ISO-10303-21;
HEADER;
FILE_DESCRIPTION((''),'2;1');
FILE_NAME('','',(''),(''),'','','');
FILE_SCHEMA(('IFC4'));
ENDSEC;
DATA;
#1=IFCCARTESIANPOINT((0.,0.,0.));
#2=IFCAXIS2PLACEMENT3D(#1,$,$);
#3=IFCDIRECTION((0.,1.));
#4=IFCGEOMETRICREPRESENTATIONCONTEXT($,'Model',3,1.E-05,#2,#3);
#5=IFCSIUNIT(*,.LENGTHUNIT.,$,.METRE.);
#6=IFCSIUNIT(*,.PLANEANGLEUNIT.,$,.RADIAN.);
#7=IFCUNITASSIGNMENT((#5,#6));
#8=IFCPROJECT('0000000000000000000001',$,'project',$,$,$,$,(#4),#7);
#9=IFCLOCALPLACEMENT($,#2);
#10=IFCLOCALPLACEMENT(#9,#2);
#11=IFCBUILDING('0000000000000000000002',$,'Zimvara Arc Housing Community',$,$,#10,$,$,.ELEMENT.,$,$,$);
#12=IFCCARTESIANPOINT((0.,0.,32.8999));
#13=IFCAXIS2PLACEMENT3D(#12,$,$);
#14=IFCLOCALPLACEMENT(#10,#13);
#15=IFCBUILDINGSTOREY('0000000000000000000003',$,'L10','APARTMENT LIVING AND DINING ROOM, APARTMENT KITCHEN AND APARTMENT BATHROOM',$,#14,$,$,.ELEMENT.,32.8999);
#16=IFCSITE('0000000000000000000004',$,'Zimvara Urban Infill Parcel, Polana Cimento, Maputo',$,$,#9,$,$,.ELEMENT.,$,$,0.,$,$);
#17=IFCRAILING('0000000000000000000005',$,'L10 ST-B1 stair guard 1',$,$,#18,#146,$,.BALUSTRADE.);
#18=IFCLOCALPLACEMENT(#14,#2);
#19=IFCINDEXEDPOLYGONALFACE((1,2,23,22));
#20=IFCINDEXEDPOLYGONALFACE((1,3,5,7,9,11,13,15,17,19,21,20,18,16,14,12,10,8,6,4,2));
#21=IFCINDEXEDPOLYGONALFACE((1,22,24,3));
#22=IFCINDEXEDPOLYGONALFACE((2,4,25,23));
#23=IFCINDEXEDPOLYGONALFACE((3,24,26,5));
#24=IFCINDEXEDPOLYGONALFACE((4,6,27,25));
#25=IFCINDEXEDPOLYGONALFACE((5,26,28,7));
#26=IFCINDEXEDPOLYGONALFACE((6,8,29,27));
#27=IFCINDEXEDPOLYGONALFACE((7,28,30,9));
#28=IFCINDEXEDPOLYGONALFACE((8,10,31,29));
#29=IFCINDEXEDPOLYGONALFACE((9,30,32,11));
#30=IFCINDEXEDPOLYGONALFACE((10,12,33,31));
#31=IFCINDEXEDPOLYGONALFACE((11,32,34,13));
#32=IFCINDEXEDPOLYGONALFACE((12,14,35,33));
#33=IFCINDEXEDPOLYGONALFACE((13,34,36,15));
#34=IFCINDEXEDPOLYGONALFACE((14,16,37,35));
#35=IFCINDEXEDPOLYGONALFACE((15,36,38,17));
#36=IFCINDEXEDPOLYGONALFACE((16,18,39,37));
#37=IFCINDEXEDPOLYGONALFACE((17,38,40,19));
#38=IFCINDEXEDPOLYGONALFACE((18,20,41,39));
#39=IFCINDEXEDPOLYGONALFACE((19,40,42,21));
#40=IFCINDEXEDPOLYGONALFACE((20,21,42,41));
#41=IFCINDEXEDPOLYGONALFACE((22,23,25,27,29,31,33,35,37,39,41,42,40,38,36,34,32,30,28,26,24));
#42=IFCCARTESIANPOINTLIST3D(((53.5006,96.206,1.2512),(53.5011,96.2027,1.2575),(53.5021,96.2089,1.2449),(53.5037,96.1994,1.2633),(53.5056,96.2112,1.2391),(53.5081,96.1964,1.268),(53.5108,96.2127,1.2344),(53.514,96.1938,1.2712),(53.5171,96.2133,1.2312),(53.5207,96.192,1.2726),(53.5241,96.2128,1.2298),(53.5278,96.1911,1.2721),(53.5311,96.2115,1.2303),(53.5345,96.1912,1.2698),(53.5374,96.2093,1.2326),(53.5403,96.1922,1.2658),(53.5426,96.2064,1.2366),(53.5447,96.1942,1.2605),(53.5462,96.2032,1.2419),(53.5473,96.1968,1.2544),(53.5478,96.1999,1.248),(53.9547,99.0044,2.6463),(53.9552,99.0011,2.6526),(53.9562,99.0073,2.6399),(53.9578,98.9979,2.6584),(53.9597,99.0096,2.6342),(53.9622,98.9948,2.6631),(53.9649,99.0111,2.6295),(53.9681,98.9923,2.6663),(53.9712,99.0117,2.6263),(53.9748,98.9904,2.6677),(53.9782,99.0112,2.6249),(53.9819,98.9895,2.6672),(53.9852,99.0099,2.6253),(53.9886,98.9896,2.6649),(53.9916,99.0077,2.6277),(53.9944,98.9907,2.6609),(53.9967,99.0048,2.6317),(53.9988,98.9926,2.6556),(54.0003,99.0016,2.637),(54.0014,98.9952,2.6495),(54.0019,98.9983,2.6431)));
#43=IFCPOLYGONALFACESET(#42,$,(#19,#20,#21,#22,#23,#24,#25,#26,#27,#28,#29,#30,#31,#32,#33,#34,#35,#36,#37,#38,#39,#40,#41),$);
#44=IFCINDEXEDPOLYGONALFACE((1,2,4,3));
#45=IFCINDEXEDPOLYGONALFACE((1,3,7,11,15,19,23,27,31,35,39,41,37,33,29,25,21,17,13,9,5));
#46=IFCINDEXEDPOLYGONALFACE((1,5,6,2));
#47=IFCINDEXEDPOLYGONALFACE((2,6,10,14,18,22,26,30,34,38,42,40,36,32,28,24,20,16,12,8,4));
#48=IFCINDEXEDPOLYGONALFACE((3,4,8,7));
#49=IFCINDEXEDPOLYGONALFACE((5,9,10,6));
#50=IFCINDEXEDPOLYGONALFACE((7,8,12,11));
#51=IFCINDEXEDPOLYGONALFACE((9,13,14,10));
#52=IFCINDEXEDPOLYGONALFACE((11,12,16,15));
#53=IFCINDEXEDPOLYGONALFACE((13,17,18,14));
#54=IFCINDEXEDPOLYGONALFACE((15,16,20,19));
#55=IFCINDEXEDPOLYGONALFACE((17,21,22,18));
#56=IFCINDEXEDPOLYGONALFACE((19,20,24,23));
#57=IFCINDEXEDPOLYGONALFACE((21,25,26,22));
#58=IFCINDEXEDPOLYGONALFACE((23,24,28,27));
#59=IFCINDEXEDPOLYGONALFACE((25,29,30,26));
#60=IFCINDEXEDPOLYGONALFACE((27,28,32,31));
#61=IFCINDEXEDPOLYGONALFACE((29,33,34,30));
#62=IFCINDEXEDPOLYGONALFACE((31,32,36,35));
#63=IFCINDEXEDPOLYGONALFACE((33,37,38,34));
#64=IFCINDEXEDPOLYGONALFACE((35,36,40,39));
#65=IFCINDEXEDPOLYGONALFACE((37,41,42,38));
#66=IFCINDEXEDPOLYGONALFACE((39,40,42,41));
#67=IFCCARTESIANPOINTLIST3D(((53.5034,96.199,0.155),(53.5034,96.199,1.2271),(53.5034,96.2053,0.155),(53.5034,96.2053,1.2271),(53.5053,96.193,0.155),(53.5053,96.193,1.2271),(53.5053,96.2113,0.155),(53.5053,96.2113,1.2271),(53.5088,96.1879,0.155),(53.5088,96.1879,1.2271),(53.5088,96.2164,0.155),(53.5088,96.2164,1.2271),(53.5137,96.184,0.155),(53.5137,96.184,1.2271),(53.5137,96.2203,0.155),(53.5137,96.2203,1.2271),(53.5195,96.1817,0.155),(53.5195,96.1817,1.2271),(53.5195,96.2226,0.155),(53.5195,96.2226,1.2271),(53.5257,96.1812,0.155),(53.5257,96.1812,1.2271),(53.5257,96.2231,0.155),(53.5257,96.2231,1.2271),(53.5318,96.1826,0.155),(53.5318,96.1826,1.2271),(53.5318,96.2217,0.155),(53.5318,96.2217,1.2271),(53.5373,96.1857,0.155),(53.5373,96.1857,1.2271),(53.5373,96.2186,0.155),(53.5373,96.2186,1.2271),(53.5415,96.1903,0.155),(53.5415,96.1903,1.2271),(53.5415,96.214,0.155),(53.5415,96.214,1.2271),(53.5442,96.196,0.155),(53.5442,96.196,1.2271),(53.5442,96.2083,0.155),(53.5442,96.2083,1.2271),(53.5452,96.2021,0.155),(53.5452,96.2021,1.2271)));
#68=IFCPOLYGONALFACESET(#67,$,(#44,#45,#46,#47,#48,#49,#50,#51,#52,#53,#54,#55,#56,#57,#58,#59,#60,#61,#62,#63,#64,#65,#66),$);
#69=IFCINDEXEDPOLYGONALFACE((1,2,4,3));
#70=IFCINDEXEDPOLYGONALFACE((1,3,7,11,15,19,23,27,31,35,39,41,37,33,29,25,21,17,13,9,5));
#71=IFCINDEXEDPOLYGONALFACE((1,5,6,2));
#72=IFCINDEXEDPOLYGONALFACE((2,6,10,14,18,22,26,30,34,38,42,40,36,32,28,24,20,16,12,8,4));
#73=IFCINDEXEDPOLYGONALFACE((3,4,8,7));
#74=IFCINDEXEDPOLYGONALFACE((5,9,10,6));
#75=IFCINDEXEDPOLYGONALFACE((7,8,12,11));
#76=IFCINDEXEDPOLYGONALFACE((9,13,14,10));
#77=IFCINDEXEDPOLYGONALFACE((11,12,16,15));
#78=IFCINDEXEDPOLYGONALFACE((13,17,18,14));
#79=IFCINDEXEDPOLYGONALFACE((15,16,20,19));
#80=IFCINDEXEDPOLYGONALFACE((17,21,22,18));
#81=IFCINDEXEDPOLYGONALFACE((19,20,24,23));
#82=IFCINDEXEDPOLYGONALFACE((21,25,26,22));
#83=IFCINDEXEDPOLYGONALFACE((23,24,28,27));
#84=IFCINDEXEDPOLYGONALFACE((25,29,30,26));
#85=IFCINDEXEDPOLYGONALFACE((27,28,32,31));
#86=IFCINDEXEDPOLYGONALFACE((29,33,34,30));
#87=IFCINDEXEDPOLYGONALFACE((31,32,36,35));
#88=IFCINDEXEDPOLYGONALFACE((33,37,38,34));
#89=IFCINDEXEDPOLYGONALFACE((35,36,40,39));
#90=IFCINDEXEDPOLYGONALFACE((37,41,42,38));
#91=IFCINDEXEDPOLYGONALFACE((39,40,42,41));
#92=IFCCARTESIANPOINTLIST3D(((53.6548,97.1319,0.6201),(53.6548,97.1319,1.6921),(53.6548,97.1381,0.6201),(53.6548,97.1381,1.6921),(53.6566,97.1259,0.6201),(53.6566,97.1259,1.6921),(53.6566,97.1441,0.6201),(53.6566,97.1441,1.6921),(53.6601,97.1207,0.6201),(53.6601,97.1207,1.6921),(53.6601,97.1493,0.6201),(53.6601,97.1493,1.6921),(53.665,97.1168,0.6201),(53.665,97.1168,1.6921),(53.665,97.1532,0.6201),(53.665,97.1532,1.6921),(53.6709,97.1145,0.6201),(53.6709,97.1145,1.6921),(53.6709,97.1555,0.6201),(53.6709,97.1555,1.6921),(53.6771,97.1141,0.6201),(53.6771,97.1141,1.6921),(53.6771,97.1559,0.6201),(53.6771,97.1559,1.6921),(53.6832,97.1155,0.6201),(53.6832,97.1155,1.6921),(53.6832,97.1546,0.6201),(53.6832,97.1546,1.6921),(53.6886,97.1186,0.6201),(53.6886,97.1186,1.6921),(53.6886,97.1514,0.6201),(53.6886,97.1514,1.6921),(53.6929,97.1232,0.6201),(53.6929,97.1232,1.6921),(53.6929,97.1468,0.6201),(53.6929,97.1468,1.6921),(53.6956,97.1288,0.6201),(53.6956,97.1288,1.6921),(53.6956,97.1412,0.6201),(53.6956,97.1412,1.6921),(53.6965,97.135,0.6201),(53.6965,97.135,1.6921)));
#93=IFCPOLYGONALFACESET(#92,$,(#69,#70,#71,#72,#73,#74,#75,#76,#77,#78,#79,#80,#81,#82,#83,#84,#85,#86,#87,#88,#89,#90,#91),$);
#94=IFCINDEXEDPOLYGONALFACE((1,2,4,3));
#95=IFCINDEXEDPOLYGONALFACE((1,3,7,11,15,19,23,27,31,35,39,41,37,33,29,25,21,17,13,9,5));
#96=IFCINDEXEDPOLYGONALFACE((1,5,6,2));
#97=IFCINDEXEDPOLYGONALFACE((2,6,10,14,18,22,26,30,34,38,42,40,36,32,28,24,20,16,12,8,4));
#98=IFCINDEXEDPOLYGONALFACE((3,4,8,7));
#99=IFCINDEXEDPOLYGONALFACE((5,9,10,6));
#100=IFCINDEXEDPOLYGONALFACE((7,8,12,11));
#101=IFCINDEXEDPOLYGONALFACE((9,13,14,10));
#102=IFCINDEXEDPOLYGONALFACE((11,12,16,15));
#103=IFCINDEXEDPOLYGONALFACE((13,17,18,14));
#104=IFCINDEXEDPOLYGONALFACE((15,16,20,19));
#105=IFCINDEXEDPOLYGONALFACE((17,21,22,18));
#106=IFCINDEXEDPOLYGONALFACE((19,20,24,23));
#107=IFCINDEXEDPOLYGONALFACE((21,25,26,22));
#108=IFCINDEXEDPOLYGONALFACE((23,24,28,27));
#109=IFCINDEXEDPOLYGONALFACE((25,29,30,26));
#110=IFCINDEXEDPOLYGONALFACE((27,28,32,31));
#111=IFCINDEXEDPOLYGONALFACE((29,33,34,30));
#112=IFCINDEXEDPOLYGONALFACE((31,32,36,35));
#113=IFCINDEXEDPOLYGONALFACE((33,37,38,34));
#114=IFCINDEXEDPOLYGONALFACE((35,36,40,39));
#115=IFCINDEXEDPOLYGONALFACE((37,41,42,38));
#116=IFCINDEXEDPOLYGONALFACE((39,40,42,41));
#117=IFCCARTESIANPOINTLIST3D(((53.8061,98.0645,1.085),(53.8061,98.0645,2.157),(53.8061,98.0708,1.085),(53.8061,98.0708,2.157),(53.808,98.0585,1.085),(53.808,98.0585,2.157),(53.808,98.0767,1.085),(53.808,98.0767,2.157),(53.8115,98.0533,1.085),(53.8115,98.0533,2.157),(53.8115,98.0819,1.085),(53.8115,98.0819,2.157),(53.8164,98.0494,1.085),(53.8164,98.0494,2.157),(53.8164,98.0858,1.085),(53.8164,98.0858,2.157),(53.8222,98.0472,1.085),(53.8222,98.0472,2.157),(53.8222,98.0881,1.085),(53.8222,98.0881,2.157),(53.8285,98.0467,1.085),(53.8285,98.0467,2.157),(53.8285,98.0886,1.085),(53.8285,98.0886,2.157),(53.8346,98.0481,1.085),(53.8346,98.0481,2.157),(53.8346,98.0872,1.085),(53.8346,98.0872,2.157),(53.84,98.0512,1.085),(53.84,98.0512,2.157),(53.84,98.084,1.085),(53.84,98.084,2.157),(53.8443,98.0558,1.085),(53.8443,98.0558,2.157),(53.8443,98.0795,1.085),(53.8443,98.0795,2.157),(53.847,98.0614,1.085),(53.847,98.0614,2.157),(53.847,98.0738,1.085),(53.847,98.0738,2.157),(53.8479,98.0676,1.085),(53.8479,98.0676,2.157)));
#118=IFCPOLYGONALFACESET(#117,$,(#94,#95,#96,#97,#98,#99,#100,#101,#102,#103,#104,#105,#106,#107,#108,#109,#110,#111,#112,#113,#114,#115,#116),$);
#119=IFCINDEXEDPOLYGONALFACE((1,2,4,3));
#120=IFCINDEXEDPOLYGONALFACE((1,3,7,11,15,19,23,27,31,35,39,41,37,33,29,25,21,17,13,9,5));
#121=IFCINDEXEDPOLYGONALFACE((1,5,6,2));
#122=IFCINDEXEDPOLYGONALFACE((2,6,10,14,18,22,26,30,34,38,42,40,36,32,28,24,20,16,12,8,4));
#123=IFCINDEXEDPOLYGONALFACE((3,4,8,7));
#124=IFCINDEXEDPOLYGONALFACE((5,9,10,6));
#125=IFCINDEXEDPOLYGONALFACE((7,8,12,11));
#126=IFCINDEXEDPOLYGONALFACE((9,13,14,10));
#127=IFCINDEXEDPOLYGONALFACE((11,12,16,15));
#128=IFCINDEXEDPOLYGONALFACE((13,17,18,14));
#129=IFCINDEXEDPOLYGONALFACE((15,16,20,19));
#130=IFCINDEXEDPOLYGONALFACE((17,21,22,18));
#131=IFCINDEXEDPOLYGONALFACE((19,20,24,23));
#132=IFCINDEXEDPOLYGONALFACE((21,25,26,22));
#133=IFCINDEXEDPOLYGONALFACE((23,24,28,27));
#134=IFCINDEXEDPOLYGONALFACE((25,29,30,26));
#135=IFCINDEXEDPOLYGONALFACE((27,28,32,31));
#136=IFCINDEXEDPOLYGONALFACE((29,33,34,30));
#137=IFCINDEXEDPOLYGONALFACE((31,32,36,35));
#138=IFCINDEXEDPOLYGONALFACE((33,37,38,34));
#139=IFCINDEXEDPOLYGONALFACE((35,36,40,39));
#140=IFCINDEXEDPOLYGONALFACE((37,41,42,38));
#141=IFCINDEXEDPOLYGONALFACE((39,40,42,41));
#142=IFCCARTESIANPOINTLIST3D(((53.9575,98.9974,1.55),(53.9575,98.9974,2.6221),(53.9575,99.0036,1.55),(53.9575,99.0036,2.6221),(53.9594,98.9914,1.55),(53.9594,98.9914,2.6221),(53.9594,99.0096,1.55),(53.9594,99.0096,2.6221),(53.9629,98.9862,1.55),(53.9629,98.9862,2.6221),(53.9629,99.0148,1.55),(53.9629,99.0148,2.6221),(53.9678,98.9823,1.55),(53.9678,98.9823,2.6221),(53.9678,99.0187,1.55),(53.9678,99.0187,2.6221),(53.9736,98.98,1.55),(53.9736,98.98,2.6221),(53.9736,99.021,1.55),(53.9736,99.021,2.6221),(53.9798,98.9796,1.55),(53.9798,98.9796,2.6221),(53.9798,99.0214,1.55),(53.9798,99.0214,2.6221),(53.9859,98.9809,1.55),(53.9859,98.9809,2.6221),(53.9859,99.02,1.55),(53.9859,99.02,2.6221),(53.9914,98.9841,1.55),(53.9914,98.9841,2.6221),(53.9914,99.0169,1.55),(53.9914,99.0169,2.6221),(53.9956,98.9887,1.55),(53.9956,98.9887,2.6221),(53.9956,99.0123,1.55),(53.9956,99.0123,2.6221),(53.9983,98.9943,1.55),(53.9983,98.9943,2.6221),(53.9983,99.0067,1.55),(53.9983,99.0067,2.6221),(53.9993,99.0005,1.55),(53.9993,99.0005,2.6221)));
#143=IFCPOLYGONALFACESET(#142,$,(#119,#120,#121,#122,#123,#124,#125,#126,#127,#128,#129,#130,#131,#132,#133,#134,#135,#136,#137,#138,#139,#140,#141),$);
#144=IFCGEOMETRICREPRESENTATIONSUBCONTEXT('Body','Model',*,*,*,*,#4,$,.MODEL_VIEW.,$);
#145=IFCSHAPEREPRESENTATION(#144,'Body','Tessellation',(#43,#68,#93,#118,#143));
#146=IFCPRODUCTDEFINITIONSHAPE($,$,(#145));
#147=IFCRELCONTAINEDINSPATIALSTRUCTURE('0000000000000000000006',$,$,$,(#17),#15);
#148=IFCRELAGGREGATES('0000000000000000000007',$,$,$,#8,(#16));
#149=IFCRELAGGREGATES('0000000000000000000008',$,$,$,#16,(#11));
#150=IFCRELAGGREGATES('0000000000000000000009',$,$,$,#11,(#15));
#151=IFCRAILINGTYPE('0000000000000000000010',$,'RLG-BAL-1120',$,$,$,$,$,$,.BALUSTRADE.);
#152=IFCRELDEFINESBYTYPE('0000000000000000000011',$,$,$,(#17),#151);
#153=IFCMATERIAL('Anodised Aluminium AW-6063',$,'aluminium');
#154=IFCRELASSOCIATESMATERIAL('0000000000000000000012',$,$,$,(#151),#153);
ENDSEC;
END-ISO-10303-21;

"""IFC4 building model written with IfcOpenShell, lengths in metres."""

from ifc_helpers import new_model, si_unit, direction, frame, origin, origin_2d, place, context, subcontext, project, spatial, circle, extrude, material, type_object, element, save


model = new_model("IFC4")

# Units and contexts
model_context = context("Model", 3, precision=1e-05, world=origin(), true_north=direction((0.0, 1.0)))
body_context = subcontext(model_context, "Body", "Model", "MODEL_VIEW")
ifc_project = project(units=[si_unit("LENGTHUNIT", "METRE"), si_unit("PLANEANGLEUNIT", "RADIAN")], contexts=[model_context])

# Site, building, storey
site_placement = place(None, origin())
site = spatial("IfcSite", under=ifc_project, at=site_placement, Name="Zimvara Urban Infill Parcel, Polana Cimento, Maputo", CompositionType="ELEMENT", RefElevation=0.0)
building_placement = place(site_placement, origin())
building = spatial("IfcBuilding", under=site, at=building_placement, Name="Zimvara Arc Housing Community", CompositionType="ELEMENT")
storey_placement = place(building_placement, frame((0.0, 0.0, 32.8999)))
storey = spatial("IfcBuildingStorey", under=building, at=storey_placement, Name="L10", Description="APARTMENT LIVING AND DINING ROOM, APARTMENT KITCHEN AND APARTMENT BATHROOM", CompositionType="ELEMENT", Elevation=32.8999)

# Railing
ifc_material_1 = material(Name="Anodised Aluminium AW-6063", Category="aluminium")
railing_type_1 = type_object("IfcRailingType", Name="RLG-BAL-1120", PredefinedType="BALUSTRADE", material=ifc_material_1)
railing_1_placement = place(storey_placement, frame((53.5242, 96.2021, 0.155)))
element("IfcRailing", 1, at=railing_1_placement, inside=storey, type_object=railing_type_1, Name="L10 ST-B1 stair guard 1", PredefinedType="BALUSTRADE", context=body_context, shape_type="SweptSolid", body=[
    extrude(circle(Radius=0.0239, at=origin_2d()), frame((0.0, 0.0, 1.0962), z_axis=(0.143722, 0.885666, 0.44152), x_axis=(-0.987088, 0.16018, 0.0)), (0.0, 0.0, 1.0), 3.1597),
    extrude(circle(Radius=0.021, at=origin_2d()), origin(), (0.0, 0.0, 1.0), 1.072),
    extrude(circle(Radius=0.021, at=origin_2d()), frame((0.1514, 0.9329, 0.4651)), (0.0, 0.0, 1.0), 1.072),
    extrude(circle(Radius=0.021, at=origin_2d()), frame((0.3027, 1.8655, 0.9299)), (0.0, 0.0, 1.0), 1.072),
    extrude(circle(Radius=0.021, at=origin_2d()), frame((0.4541, 2.7983, 1.395)), (0.0, 0.0, 1.0), 1.072),
])

save(model, "model.ifc")
